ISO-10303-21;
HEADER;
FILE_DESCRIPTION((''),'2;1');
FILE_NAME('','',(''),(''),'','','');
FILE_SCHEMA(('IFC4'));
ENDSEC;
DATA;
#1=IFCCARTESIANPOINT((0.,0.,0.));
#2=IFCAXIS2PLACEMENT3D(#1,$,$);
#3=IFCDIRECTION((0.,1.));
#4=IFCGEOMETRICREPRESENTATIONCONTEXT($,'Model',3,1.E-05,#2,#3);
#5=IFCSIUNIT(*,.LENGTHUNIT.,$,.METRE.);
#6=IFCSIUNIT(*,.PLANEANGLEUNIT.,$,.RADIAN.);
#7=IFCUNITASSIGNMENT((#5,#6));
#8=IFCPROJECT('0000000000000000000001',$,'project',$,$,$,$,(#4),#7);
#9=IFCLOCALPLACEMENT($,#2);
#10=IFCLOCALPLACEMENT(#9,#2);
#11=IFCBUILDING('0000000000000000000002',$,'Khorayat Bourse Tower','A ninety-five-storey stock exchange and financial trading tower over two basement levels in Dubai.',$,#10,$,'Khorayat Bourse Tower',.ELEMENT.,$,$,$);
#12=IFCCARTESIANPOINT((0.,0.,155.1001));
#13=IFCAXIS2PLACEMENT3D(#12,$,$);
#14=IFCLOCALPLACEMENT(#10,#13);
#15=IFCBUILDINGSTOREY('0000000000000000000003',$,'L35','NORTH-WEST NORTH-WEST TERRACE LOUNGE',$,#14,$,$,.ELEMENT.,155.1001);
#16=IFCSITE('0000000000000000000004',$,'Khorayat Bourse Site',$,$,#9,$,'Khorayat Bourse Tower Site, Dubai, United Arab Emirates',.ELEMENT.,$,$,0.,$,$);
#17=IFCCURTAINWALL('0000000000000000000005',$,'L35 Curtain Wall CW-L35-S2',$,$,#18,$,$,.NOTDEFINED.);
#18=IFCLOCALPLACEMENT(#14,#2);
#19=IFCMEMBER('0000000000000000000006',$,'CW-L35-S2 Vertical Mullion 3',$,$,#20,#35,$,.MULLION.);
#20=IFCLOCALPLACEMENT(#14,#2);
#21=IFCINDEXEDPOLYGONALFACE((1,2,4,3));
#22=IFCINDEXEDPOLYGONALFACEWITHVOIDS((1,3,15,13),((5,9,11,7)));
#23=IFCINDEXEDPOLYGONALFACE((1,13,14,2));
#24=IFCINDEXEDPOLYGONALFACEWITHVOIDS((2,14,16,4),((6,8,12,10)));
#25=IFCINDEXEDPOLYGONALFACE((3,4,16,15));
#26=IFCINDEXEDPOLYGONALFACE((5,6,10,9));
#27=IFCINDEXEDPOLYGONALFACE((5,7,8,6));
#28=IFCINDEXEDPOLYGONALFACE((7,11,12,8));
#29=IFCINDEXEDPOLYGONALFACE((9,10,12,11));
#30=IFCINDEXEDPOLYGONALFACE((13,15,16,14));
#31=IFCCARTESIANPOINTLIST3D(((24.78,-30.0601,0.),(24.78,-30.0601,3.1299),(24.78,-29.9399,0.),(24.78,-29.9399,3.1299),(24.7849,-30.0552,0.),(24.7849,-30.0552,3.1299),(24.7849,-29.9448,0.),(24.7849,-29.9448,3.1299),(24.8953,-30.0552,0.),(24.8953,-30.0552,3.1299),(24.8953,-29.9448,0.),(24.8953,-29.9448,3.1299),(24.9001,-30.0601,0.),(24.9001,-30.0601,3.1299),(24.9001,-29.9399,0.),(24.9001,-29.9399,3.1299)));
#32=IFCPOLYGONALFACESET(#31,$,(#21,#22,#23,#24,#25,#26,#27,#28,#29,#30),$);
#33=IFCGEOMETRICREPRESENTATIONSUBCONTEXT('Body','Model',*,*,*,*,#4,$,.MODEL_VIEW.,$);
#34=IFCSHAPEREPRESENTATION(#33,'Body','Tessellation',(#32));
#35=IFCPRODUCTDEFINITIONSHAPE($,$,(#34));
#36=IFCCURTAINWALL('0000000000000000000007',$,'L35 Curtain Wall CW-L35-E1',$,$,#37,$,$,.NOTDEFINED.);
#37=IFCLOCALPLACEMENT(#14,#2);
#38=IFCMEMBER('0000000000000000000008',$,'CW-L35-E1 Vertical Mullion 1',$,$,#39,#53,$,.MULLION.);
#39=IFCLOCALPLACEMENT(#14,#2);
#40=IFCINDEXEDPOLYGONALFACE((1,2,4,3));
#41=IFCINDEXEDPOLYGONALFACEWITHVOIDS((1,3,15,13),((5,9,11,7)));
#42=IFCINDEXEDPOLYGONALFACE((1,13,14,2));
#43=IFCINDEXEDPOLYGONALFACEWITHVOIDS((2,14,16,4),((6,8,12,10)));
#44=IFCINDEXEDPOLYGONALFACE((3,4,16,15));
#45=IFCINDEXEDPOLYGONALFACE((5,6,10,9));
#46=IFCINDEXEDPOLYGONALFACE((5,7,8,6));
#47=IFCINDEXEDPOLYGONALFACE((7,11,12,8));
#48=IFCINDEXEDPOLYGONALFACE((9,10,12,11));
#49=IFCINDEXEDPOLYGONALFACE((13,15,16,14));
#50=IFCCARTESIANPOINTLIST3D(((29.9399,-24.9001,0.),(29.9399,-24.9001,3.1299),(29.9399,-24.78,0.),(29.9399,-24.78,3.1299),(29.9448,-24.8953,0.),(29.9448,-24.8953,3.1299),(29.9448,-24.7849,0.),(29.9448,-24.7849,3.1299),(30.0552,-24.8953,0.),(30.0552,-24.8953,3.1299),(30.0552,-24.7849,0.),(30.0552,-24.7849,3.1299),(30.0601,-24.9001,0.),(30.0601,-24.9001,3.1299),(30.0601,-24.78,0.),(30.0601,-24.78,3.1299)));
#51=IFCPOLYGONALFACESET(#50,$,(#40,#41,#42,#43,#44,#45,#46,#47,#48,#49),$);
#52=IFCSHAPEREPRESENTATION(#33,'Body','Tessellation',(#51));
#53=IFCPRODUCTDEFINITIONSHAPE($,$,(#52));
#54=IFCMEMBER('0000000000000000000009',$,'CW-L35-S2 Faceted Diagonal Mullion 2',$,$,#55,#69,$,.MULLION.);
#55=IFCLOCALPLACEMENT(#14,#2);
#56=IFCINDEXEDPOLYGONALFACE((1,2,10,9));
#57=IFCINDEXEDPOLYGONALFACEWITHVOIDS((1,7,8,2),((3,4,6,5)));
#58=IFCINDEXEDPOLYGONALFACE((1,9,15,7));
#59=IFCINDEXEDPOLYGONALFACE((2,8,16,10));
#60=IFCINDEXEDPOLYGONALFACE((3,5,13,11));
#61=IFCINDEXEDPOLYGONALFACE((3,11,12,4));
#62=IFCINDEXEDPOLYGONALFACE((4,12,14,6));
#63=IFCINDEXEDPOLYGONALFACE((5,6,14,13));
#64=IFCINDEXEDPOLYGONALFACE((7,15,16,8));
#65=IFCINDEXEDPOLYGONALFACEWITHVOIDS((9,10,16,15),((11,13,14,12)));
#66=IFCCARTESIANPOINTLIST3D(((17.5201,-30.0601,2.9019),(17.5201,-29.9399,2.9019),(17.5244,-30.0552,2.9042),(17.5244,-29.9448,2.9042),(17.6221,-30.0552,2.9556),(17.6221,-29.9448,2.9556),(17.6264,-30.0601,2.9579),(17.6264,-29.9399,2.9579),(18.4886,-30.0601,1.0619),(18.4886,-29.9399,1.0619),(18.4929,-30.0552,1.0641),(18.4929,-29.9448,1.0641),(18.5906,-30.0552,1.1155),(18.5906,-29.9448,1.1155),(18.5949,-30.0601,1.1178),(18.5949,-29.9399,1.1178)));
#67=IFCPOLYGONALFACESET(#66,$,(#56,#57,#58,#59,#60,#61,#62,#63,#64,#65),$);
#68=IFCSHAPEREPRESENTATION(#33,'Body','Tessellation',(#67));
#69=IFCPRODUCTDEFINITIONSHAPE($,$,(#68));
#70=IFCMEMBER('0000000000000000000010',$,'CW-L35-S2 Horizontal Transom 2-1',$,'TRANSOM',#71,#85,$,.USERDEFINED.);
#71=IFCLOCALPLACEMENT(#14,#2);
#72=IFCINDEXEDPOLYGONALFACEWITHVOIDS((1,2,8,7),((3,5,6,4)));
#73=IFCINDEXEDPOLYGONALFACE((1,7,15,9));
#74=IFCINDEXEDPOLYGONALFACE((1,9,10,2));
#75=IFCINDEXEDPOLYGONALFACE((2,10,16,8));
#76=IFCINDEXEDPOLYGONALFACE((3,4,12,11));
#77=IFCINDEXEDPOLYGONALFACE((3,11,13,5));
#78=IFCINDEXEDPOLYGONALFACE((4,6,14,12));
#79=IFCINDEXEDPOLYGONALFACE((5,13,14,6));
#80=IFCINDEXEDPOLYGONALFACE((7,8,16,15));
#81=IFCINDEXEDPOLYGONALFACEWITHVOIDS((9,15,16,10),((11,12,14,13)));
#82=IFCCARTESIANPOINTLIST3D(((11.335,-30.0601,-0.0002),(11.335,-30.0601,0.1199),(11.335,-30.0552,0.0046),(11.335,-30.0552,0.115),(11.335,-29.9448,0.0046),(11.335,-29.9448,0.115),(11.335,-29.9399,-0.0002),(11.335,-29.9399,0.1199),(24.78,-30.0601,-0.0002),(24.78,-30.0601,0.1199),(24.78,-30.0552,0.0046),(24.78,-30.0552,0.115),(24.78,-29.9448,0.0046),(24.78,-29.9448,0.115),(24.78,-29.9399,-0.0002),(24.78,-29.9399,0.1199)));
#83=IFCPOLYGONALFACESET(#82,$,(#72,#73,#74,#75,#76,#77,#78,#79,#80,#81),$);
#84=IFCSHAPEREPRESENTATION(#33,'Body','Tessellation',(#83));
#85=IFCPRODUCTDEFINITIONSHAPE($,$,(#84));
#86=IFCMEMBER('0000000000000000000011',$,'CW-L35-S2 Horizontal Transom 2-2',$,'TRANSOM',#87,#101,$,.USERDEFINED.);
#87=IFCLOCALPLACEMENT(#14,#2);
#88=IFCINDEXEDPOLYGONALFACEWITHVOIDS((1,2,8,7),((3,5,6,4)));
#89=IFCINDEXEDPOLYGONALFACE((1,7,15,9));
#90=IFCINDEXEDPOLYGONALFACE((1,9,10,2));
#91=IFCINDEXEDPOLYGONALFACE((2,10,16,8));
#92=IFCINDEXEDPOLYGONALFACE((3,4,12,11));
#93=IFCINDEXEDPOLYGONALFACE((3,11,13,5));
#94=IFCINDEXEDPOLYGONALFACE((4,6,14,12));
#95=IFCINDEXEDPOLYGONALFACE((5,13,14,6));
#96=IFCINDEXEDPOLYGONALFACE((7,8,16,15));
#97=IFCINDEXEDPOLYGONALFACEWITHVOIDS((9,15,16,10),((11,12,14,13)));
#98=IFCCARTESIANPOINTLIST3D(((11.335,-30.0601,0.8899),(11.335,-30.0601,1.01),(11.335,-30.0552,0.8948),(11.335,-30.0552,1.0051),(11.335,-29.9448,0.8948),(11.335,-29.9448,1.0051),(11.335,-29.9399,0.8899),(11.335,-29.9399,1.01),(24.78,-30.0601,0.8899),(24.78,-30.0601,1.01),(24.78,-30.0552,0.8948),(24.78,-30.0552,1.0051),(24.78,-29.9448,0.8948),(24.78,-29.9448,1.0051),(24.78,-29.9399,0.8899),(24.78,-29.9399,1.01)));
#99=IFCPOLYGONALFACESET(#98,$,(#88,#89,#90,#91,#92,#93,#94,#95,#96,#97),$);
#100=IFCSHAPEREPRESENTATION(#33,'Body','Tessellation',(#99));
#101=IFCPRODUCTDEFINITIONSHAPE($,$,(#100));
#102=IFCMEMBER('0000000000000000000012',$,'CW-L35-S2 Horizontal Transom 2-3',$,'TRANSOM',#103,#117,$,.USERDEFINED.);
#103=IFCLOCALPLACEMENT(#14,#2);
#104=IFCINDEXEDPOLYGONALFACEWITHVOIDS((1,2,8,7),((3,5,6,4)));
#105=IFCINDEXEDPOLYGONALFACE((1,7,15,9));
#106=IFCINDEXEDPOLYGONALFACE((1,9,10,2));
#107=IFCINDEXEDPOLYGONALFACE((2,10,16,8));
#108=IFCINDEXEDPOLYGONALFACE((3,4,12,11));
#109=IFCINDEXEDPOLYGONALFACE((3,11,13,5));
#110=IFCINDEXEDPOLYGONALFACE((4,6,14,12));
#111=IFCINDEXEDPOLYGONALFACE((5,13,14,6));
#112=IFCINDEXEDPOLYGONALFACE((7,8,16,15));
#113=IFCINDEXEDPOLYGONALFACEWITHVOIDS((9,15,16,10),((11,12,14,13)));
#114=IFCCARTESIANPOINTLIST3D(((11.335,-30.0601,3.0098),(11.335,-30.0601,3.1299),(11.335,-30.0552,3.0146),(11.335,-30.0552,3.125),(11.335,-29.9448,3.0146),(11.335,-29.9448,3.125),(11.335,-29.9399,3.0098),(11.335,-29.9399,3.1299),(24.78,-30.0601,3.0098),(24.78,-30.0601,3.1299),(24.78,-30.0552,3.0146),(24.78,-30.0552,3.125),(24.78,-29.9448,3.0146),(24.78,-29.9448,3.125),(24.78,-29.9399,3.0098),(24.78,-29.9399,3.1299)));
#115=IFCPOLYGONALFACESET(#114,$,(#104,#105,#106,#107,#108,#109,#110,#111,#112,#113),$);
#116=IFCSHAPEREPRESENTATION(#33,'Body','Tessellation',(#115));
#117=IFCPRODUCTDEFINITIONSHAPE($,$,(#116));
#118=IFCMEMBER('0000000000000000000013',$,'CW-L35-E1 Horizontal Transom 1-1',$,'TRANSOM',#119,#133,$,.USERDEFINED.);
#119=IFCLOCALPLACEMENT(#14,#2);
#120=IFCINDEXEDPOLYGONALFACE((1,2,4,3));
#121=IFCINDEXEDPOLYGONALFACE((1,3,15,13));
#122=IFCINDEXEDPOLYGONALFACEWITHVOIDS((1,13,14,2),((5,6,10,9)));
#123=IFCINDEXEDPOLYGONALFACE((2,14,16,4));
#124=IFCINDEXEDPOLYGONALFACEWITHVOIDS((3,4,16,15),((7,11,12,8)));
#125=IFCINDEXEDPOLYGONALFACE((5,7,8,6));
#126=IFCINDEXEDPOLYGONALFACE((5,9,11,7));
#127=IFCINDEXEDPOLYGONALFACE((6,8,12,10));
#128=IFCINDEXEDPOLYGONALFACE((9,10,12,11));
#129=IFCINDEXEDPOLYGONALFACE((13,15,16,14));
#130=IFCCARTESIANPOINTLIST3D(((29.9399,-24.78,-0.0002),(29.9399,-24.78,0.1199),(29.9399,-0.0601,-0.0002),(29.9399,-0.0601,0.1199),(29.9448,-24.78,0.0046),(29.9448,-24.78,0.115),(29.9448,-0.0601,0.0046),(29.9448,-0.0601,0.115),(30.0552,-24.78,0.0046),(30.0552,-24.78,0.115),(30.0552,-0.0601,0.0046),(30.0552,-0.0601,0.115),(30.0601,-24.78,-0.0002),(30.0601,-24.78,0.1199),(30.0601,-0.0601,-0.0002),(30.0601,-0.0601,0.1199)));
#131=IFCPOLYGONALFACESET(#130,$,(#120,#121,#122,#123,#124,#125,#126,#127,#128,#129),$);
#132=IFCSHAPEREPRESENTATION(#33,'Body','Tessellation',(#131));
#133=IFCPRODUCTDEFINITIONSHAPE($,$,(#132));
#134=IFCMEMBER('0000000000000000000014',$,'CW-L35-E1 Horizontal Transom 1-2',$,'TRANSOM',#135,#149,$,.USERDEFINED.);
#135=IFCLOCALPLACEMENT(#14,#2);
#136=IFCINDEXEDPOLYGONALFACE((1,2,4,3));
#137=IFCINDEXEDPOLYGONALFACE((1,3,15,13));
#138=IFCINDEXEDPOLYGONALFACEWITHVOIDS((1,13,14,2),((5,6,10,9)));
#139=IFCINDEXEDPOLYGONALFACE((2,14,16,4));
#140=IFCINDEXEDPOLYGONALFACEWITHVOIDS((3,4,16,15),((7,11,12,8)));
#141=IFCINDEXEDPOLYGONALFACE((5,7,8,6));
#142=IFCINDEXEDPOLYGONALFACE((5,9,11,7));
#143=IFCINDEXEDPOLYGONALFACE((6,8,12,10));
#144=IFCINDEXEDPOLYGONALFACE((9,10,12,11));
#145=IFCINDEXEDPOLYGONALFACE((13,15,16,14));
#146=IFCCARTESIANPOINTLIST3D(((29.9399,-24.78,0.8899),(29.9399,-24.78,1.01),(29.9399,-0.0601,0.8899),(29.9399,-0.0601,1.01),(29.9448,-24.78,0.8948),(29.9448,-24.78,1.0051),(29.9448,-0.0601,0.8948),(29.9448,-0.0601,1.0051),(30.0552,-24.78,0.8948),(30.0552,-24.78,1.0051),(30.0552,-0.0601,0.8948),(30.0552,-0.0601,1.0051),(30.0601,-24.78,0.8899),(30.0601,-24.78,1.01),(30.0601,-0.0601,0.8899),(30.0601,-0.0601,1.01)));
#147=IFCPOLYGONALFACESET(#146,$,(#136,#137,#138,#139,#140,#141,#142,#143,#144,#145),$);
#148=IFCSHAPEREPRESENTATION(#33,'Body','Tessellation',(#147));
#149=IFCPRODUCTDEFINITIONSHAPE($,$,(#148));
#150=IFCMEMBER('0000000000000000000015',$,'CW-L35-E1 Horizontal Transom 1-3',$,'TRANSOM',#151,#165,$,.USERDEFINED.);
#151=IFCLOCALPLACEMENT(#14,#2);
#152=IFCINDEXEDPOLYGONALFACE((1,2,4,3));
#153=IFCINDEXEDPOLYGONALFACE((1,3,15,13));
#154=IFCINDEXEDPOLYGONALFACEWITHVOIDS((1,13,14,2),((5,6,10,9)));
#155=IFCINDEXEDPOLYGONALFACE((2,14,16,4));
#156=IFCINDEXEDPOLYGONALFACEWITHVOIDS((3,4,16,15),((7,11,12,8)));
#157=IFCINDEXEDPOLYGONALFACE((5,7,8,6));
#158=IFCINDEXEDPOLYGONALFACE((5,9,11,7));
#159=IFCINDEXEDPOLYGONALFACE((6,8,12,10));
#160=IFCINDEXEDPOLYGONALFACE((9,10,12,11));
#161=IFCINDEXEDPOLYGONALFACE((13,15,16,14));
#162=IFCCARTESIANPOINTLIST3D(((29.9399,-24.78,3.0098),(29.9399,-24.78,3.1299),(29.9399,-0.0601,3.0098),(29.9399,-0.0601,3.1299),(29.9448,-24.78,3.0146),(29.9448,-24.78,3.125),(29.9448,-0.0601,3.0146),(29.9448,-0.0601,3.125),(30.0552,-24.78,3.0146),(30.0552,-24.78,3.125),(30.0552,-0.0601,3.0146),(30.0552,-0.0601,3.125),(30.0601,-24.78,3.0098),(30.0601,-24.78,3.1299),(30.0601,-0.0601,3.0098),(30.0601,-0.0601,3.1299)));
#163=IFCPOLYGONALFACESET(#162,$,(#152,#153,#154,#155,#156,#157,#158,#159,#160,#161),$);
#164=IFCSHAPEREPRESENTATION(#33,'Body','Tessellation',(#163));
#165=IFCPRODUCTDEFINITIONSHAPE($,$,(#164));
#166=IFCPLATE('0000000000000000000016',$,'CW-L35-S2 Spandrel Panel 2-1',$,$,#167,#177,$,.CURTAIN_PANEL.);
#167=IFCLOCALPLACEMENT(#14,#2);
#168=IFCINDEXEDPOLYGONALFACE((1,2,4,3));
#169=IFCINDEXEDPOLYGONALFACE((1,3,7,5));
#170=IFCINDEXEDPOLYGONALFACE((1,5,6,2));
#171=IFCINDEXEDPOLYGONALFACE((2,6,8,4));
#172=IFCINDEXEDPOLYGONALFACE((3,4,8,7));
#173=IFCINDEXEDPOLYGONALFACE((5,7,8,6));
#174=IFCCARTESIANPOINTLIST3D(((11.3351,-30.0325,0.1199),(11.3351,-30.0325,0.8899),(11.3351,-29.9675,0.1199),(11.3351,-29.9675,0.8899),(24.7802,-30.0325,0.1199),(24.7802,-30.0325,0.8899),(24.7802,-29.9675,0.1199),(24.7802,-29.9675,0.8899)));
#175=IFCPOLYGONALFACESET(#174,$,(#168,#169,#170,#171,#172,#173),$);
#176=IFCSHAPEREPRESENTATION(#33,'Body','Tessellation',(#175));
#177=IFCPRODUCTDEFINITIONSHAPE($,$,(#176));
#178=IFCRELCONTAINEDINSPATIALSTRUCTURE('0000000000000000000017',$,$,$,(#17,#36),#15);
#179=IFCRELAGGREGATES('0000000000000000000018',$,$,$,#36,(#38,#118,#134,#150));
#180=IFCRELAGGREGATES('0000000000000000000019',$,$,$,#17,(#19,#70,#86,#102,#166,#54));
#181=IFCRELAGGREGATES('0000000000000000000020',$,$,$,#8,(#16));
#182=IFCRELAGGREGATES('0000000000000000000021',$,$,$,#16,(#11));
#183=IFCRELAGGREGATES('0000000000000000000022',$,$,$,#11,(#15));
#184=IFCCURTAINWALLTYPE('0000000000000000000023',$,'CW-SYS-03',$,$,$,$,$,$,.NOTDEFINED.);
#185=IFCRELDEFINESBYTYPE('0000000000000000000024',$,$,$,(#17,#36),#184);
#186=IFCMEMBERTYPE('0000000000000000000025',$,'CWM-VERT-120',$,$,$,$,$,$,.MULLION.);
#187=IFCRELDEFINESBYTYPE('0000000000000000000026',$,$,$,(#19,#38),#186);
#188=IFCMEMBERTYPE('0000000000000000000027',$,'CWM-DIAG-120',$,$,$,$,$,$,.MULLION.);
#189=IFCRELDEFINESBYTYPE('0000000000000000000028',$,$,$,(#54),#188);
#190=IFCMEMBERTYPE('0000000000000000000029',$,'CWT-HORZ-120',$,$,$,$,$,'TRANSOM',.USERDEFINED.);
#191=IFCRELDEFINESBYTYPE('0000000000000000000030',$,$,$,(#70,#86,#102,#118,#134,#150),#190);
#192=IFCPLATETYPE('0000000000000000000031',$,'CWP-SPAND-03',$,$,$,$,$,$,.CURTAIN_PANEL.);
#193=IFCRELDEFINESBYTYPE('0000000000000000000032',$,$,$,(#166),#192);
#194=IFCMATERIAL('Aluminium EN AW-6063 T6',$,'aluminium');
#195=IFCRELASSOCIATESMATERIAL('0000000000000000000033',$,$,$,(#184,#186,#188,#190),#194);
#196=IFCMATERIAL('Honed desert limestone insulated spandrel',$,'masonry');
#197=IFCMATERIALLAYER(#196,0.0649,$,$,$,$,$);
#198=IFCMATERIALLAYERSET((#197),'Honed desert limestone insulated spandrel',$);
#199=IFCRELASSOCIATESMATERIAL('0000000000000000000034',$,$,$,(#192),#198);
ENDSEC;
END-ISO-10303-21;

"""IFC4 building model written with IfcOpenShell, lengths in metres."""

from ifc_helpers import new_model, si_unit, direction, frame, origin, origin_2d, place, context, subcontext, project, spatial, rectangle, hollow_rectangle, extrude, source, transform, mapped, material, layer, layer_set, material_profile, profile_set, type_object, element, aggregate, save


model = new_model("IFC4")

# Units and contexts
model_context = context("Model", 3, precision=1e-05, world=origin(), true_north=direction((0.0, 1.0)))
body_context = subcontext(model_context, "Body", "Model", "MODEL_VIEW")
ifc_project = project(units=[si_unit("LENGTHUNIT", "METRE"), si_unit("PLANEANGLEUNIT", "RADIAN")], contexts=[model_context])

# Site, building, storey
site_placement = place(None, origin())
site = spatial("IfcSite", under=ifc_project, at=site_placement, Name="Khorayat Bourse Site", LongName="Khorayat Bourse Tower Site, Dubai, United Arab Emirates", CompositionType="ELEMENT", RefElevation=0.0)
building_placement = place(site_placement, origin())
building = spatial("IfcBuilding", under=site, at=building_placement, Name="Khorayat Bourse Tower", Description="A ninety-five-storey stock exchange and financial trading tower over two basement levels in Dubai.", LongName="Khorayat Bourse Tower", CompositionType="ELEMENT")
storey_placement = place(building_placement, frame((0.0, 0.0, 155.1001)))
storey = spatial("IfcBuildingStorey", under=building, at=storey_placement, Name="L35", Description="NORTH-WEST NORTH-WEST TERRACE LOUNGE", CompositionType="ELEMENT", Elevation=155.1001)

# Curtain walls, members
ifc_material_1 = material(Name="Aluminium EN AW-6063 T6", Category="aluminium")
curtain_wall_type = type_object("IfcCurtainWallType", Name="CW-SYS-03", PredefinedType="NOTDEFINED", material=ifc_material_1)
curtain_wall_1_placement = place(storey_placement, origin())
curtain_wall_1 = element("IfcCurtainWall", 1, at=curtain_wall_1_placement, inside=storey, type_object=curtain_wall_type, Name="L35 Curtain Wall CW-L35-S2", PredefinedType="NOTDEFINED")
ifc_material_profile_1 = material_profile(ifc_material_1, hollow_rectangle(XDim=0.1201, YDim=0.1201, WallThickness=0.0049, at=origin_2d()), Name="ALU 120x120x5")
ifc_profile_set_1 = profile_set([ifc_material_profile_1], Name="Aluminium EN AW-6063 T6")
member_type_1 = type_object("IfcMemberType", Name="CWM-VERT-120", PredefinedType="MULLION", material=ifc_profile_set_1)
shared_shape_1 = source(origin(), body_context, "Body", "SweptSolid", [
    extrude(hollow_rectangle(XDim=0.1201, YDim=0.1201, WallThickness=0.0049, at=origin_2d()), origin(), (0.0, 0.0, 1.0), 3.1299),
])
member_1_placement = place(storey_placement, frame((24.8401, -30.0, 0.0), z_axis=(0.0, 0.0, 1.0), x_axis=(0.0, 1.0, 0.0)))
member_1 = element("IfcMember", 2, at=member_1_placement, type_object=member_type_1, Name="CW-L35-S2 Vertical Mullion 3", PredefinedType="MULLION", context=body_context, shape_type="MappedRepresentation", body=[
    mapped(shared_shape_1, transform((0.0, 0.0, 0.0), scale=1.0)),
])
curtain_wall_2_placement = place(storey_placement, origin())
curtain_wall_2 = element("IfcCurtainWall", 3, at=curtain_wall_2_placement, inside=storey, type_object=curtain_wall_type, Name="L35 Curtain Wall CW-L35-E1", PredefinedType="NOTDEFINED")
member_2_placement = place(storey_placement, frame((30.0, -24.8401, 0.0), z_axis=(0.0, 0.0, 1.0), x_axis=(-1.0, 0.0, 0.0)))
member_2 = element("IfcMember", 4, at=member_2_placement, type_object=member_type_1, Name="CW-L35-E1 Vertical Mullion 1", PredefinedType="MULLION", context=body_context, shape_type="MappedRepresentation", body=[
    mapped(shared_shape_1, transform((0.0, 0.0, 0.0), scale=1.0)),
])

# Members
ifc_material_profile_2 = material_profile(ifc_material_1, hollow_rectangle(XDim=0.1201, YDim=0.1201, WallThickness=0.0049, at=origin_2d()), Name="ALU 120x120x5")
ifc_profile_set_2 = profile_set([ifc_material_profile_2], Name="Aluminium EN AW-6063 T6")
member_type_2 = type_object("IfcMemberType", Name="CWM-DIAG-120", PredefinedType="MULLION", material=ifc_profile_set_2)
shared_shape_2 = source(origin(), body_context, "Body", "SweptSolid", [
    extrude(hollow_rectangle(XDim=0.1201, YDim=0.1201, WallThickness=0.0049, at=origin_2d()), origin(), (0.0, 0.0, 1.0), 2.0793),
])
member_3_placement = place(storey_placement, frame((18.5417, -30.0, 1.0898), z_axis=(-0.465761, 0.0, 0.884911), x_axis=(0.0, -1.0, 0.0)))
member_3 = element("IfcMember", 5, at=member_3_placement, type_object=member_type_2, Name="CW-L35-S2 Faceted Diagonal Mullion 2", PredefinedType="MULLION", context=body_context, shape_type="MappedRepresentation", body=[
    mapped(shared_shape_2, transform((0.0, 0.0, 0.0), scale=1.0)),
])
ifc_material_profile_3 = material_profile(ifc_material_1, hollow_rectangle(XDim=0.1201, YDim=0.1201, WallThickness=0.0049, at=origin_2d()), Name="ALU 120x120x5")
ifc_profile_set_3 = profile_set([ifc_material_profile_3], Name="Aluminium EN AW-6063 T6")
member_type_3 = type_object("IfcMemberType", Name="CWT-HORZ-120", ElementType="TRANSOM", PredefinedType="USERDEFINED", material=ifc_profile_set_3)
shared_shape_3 = source(origin(), body_context, "Body", "SweptSolid", [
    extrude(hollow_rectangle(XDim=0.1201, YDim=0.1201, WallThickness=0.0049, at=origin_2d()), origin(), (0.0, 0.0, 1.0), 13.4451),
])
member_4_placement = place(storey_placement, frame((11.335, -30.0, 0.0598), z_axis=(1.0, 0.0, 0.0), x_axis=(0.0, 1.0, 0.0)))
member_4 = element("IfcMember", 6, at=member_4_placement, type_object=member_type_3, Name="CW-L35-S2 Horizontal Transom 2-1", ObjectType="TRANSOM", PredefinedType="USERDEFINED", context=body_context, shape_type="MappedRepresentation", body=[
    mapped(shared_shape_3, transform((0.0, 0.0, 0.0), scale=1.0)),
])
member_5_placement = place(storey_placement, frame((11.335, -30.0, 0.95), z_axis=(1.0, 0.0, 0.0), x_axis=(0.0, 1.0, 0.0)))
member_5 = element("IfcMember", 7, at=member_5_placement, type_object=member_type_3, Name="CW-L35-S2 Horizontal Transom 2-2", ObjectType="TRANSOM", PredefinedType="USERDEFINED", context=body_context, shape_type="MappedRepresentation", body=[
    mapped(shared_shape_3, transform((0.0, 0.0, 0.0), scale=1.0)),
])
member_6_placement = place(storey_placement, frame((11.335, -30.0, 3.0698), z_axis=(1.0, 0.0, 0.0), x_axis=(0.0, 1.0, 0.0)))
member_6 = element("IfcMember", 8, at=member_6_placement, type_object=member_type_3, Name="CW-L35-S2 Horizontal Transom 2-3", ObjectType="TRANSOM", PredefinedType="USERDEFINED", context=body_context, shape_type="MappedRepresentation", body=[
    mapped(shared_shape_3, transform((0.0, 0.0, 0.0), scale=1.0)),
])
shared_shape_4 = source(origin(), body_context, "Body", "SweptSolid", [
    extrude(hollow_rectangle(XDim=0.1201, YDim=0.1201, WallThickness=0.0049, at=origin_2d()), origin(), (0.0, 0.0, 1.0), 24.72),
])
member_7_placement = place(storey_placement, frame((30.0, -24.78, 0.0598), z_axis=(0.0, 1.0, 0.0), x_axis=(-1.0, 0.0, 0.0)))
member_7 = element("IfcMember", 9, at=member_7_placement, type_object=member_type_3, Name="CW-L35-E1 Horizontal Transom 1-1", ObjectType="TRANSOM", PredefinedType="USERDEFINED", context=body_context, shape_type="MappedRepresentation", body=[
    mapped(shared_shape_4, transform((0.0, 0.0, 0.0), scale=1.0)),
])
member_8_placement = place(storey_placement, frame((30.0, -24.78, 0.95), z_axis=(0.0, 1.0, 0.0), x_axis=(-1.0, 0.0, 0.0)))
member_8 = element("IfcMember", 10, at=member_8_placement, type_object=member_type_3, Name="CW-L35-E1 Horizontal Transom 1-2", ObjectType="TRANSOM", PredefinedType="USERDEFINED", context=body_context, shape_type="MappedRepresentation", body=[
    mapped(shared_shape_4, transform((0.0, 0.0, 0.0), scale=1.0)),
])
member_9_placement = place(storey_placement, frame((30.0, -24.78, 3.0698), z_axis=(0.0, 1.0, 0.0), x_axis=(-1.0, 0.0, 0.0)))
member_9 = element("IfcMember", 11, at=member_9_placement, type_object=member_type_3, Name="CW-L35-E1 Horizontal Transom 1-3", ObjectType="TRANSOM", PredefinedType="USERDEFINED", context=body_context, shape_type="MappedRepresentation", body=[
    mapped(shared_shape_4, transform((0.0, 0.0, 0.0), scale=1.0)),
])
aggregate(curtain_wall_2, [member_2, member_7, member_8, member_9])

# Plate
ifc_material_2 = material(Name="Honed desert limestone insulated spandrel", Category="masonry")
ifc_layer_1 = layer(ifc_material_2, 0.0649)
ifc_layer_set_1 = layer_set([ifc_layer_1], Name="Honed desert limestone insulated spandrel")
plate_type_1 = type_object("IfcPlateType", Name="CWP-SPAND-03", PredefinedType="CURTAIN_PANEL", material=ifc_layer_set_1)
shared_shape_5 = source(origin(), body_context, "Body", "SweptSolid", [
    extrude(rectangle(XDim=13.4451, YDim=0.0649, at=origin_2d()), origin(), (0.0, 0.0, 1.0), 0.77),
])
plate_1_placement = place(storey_placement, frame((18.0576, -30.0, 0.1199), z_axis=(0.0, 0.0, 1.0), x_axis=(1.0, 0.0, 0.0)))
plate_1 = element("IfcPlate", 12, at=plate_1_placement, type_object=plate_type_1, Name="CW-L35-S2 Spandrel Panel 2-1", PredefinedType="CURTAIN_PANEL", context=body_context, shape_type="MappedRepresentation", body=[
    mapped(shared_shape_5, transform((0.0, 0.0, 0.0), scale=1.0)),
])
aggregate(curtain_wall_1, [member_1, member_4, member_5, member_6, plate_1, member_3])

save(model, "model.ifc")
